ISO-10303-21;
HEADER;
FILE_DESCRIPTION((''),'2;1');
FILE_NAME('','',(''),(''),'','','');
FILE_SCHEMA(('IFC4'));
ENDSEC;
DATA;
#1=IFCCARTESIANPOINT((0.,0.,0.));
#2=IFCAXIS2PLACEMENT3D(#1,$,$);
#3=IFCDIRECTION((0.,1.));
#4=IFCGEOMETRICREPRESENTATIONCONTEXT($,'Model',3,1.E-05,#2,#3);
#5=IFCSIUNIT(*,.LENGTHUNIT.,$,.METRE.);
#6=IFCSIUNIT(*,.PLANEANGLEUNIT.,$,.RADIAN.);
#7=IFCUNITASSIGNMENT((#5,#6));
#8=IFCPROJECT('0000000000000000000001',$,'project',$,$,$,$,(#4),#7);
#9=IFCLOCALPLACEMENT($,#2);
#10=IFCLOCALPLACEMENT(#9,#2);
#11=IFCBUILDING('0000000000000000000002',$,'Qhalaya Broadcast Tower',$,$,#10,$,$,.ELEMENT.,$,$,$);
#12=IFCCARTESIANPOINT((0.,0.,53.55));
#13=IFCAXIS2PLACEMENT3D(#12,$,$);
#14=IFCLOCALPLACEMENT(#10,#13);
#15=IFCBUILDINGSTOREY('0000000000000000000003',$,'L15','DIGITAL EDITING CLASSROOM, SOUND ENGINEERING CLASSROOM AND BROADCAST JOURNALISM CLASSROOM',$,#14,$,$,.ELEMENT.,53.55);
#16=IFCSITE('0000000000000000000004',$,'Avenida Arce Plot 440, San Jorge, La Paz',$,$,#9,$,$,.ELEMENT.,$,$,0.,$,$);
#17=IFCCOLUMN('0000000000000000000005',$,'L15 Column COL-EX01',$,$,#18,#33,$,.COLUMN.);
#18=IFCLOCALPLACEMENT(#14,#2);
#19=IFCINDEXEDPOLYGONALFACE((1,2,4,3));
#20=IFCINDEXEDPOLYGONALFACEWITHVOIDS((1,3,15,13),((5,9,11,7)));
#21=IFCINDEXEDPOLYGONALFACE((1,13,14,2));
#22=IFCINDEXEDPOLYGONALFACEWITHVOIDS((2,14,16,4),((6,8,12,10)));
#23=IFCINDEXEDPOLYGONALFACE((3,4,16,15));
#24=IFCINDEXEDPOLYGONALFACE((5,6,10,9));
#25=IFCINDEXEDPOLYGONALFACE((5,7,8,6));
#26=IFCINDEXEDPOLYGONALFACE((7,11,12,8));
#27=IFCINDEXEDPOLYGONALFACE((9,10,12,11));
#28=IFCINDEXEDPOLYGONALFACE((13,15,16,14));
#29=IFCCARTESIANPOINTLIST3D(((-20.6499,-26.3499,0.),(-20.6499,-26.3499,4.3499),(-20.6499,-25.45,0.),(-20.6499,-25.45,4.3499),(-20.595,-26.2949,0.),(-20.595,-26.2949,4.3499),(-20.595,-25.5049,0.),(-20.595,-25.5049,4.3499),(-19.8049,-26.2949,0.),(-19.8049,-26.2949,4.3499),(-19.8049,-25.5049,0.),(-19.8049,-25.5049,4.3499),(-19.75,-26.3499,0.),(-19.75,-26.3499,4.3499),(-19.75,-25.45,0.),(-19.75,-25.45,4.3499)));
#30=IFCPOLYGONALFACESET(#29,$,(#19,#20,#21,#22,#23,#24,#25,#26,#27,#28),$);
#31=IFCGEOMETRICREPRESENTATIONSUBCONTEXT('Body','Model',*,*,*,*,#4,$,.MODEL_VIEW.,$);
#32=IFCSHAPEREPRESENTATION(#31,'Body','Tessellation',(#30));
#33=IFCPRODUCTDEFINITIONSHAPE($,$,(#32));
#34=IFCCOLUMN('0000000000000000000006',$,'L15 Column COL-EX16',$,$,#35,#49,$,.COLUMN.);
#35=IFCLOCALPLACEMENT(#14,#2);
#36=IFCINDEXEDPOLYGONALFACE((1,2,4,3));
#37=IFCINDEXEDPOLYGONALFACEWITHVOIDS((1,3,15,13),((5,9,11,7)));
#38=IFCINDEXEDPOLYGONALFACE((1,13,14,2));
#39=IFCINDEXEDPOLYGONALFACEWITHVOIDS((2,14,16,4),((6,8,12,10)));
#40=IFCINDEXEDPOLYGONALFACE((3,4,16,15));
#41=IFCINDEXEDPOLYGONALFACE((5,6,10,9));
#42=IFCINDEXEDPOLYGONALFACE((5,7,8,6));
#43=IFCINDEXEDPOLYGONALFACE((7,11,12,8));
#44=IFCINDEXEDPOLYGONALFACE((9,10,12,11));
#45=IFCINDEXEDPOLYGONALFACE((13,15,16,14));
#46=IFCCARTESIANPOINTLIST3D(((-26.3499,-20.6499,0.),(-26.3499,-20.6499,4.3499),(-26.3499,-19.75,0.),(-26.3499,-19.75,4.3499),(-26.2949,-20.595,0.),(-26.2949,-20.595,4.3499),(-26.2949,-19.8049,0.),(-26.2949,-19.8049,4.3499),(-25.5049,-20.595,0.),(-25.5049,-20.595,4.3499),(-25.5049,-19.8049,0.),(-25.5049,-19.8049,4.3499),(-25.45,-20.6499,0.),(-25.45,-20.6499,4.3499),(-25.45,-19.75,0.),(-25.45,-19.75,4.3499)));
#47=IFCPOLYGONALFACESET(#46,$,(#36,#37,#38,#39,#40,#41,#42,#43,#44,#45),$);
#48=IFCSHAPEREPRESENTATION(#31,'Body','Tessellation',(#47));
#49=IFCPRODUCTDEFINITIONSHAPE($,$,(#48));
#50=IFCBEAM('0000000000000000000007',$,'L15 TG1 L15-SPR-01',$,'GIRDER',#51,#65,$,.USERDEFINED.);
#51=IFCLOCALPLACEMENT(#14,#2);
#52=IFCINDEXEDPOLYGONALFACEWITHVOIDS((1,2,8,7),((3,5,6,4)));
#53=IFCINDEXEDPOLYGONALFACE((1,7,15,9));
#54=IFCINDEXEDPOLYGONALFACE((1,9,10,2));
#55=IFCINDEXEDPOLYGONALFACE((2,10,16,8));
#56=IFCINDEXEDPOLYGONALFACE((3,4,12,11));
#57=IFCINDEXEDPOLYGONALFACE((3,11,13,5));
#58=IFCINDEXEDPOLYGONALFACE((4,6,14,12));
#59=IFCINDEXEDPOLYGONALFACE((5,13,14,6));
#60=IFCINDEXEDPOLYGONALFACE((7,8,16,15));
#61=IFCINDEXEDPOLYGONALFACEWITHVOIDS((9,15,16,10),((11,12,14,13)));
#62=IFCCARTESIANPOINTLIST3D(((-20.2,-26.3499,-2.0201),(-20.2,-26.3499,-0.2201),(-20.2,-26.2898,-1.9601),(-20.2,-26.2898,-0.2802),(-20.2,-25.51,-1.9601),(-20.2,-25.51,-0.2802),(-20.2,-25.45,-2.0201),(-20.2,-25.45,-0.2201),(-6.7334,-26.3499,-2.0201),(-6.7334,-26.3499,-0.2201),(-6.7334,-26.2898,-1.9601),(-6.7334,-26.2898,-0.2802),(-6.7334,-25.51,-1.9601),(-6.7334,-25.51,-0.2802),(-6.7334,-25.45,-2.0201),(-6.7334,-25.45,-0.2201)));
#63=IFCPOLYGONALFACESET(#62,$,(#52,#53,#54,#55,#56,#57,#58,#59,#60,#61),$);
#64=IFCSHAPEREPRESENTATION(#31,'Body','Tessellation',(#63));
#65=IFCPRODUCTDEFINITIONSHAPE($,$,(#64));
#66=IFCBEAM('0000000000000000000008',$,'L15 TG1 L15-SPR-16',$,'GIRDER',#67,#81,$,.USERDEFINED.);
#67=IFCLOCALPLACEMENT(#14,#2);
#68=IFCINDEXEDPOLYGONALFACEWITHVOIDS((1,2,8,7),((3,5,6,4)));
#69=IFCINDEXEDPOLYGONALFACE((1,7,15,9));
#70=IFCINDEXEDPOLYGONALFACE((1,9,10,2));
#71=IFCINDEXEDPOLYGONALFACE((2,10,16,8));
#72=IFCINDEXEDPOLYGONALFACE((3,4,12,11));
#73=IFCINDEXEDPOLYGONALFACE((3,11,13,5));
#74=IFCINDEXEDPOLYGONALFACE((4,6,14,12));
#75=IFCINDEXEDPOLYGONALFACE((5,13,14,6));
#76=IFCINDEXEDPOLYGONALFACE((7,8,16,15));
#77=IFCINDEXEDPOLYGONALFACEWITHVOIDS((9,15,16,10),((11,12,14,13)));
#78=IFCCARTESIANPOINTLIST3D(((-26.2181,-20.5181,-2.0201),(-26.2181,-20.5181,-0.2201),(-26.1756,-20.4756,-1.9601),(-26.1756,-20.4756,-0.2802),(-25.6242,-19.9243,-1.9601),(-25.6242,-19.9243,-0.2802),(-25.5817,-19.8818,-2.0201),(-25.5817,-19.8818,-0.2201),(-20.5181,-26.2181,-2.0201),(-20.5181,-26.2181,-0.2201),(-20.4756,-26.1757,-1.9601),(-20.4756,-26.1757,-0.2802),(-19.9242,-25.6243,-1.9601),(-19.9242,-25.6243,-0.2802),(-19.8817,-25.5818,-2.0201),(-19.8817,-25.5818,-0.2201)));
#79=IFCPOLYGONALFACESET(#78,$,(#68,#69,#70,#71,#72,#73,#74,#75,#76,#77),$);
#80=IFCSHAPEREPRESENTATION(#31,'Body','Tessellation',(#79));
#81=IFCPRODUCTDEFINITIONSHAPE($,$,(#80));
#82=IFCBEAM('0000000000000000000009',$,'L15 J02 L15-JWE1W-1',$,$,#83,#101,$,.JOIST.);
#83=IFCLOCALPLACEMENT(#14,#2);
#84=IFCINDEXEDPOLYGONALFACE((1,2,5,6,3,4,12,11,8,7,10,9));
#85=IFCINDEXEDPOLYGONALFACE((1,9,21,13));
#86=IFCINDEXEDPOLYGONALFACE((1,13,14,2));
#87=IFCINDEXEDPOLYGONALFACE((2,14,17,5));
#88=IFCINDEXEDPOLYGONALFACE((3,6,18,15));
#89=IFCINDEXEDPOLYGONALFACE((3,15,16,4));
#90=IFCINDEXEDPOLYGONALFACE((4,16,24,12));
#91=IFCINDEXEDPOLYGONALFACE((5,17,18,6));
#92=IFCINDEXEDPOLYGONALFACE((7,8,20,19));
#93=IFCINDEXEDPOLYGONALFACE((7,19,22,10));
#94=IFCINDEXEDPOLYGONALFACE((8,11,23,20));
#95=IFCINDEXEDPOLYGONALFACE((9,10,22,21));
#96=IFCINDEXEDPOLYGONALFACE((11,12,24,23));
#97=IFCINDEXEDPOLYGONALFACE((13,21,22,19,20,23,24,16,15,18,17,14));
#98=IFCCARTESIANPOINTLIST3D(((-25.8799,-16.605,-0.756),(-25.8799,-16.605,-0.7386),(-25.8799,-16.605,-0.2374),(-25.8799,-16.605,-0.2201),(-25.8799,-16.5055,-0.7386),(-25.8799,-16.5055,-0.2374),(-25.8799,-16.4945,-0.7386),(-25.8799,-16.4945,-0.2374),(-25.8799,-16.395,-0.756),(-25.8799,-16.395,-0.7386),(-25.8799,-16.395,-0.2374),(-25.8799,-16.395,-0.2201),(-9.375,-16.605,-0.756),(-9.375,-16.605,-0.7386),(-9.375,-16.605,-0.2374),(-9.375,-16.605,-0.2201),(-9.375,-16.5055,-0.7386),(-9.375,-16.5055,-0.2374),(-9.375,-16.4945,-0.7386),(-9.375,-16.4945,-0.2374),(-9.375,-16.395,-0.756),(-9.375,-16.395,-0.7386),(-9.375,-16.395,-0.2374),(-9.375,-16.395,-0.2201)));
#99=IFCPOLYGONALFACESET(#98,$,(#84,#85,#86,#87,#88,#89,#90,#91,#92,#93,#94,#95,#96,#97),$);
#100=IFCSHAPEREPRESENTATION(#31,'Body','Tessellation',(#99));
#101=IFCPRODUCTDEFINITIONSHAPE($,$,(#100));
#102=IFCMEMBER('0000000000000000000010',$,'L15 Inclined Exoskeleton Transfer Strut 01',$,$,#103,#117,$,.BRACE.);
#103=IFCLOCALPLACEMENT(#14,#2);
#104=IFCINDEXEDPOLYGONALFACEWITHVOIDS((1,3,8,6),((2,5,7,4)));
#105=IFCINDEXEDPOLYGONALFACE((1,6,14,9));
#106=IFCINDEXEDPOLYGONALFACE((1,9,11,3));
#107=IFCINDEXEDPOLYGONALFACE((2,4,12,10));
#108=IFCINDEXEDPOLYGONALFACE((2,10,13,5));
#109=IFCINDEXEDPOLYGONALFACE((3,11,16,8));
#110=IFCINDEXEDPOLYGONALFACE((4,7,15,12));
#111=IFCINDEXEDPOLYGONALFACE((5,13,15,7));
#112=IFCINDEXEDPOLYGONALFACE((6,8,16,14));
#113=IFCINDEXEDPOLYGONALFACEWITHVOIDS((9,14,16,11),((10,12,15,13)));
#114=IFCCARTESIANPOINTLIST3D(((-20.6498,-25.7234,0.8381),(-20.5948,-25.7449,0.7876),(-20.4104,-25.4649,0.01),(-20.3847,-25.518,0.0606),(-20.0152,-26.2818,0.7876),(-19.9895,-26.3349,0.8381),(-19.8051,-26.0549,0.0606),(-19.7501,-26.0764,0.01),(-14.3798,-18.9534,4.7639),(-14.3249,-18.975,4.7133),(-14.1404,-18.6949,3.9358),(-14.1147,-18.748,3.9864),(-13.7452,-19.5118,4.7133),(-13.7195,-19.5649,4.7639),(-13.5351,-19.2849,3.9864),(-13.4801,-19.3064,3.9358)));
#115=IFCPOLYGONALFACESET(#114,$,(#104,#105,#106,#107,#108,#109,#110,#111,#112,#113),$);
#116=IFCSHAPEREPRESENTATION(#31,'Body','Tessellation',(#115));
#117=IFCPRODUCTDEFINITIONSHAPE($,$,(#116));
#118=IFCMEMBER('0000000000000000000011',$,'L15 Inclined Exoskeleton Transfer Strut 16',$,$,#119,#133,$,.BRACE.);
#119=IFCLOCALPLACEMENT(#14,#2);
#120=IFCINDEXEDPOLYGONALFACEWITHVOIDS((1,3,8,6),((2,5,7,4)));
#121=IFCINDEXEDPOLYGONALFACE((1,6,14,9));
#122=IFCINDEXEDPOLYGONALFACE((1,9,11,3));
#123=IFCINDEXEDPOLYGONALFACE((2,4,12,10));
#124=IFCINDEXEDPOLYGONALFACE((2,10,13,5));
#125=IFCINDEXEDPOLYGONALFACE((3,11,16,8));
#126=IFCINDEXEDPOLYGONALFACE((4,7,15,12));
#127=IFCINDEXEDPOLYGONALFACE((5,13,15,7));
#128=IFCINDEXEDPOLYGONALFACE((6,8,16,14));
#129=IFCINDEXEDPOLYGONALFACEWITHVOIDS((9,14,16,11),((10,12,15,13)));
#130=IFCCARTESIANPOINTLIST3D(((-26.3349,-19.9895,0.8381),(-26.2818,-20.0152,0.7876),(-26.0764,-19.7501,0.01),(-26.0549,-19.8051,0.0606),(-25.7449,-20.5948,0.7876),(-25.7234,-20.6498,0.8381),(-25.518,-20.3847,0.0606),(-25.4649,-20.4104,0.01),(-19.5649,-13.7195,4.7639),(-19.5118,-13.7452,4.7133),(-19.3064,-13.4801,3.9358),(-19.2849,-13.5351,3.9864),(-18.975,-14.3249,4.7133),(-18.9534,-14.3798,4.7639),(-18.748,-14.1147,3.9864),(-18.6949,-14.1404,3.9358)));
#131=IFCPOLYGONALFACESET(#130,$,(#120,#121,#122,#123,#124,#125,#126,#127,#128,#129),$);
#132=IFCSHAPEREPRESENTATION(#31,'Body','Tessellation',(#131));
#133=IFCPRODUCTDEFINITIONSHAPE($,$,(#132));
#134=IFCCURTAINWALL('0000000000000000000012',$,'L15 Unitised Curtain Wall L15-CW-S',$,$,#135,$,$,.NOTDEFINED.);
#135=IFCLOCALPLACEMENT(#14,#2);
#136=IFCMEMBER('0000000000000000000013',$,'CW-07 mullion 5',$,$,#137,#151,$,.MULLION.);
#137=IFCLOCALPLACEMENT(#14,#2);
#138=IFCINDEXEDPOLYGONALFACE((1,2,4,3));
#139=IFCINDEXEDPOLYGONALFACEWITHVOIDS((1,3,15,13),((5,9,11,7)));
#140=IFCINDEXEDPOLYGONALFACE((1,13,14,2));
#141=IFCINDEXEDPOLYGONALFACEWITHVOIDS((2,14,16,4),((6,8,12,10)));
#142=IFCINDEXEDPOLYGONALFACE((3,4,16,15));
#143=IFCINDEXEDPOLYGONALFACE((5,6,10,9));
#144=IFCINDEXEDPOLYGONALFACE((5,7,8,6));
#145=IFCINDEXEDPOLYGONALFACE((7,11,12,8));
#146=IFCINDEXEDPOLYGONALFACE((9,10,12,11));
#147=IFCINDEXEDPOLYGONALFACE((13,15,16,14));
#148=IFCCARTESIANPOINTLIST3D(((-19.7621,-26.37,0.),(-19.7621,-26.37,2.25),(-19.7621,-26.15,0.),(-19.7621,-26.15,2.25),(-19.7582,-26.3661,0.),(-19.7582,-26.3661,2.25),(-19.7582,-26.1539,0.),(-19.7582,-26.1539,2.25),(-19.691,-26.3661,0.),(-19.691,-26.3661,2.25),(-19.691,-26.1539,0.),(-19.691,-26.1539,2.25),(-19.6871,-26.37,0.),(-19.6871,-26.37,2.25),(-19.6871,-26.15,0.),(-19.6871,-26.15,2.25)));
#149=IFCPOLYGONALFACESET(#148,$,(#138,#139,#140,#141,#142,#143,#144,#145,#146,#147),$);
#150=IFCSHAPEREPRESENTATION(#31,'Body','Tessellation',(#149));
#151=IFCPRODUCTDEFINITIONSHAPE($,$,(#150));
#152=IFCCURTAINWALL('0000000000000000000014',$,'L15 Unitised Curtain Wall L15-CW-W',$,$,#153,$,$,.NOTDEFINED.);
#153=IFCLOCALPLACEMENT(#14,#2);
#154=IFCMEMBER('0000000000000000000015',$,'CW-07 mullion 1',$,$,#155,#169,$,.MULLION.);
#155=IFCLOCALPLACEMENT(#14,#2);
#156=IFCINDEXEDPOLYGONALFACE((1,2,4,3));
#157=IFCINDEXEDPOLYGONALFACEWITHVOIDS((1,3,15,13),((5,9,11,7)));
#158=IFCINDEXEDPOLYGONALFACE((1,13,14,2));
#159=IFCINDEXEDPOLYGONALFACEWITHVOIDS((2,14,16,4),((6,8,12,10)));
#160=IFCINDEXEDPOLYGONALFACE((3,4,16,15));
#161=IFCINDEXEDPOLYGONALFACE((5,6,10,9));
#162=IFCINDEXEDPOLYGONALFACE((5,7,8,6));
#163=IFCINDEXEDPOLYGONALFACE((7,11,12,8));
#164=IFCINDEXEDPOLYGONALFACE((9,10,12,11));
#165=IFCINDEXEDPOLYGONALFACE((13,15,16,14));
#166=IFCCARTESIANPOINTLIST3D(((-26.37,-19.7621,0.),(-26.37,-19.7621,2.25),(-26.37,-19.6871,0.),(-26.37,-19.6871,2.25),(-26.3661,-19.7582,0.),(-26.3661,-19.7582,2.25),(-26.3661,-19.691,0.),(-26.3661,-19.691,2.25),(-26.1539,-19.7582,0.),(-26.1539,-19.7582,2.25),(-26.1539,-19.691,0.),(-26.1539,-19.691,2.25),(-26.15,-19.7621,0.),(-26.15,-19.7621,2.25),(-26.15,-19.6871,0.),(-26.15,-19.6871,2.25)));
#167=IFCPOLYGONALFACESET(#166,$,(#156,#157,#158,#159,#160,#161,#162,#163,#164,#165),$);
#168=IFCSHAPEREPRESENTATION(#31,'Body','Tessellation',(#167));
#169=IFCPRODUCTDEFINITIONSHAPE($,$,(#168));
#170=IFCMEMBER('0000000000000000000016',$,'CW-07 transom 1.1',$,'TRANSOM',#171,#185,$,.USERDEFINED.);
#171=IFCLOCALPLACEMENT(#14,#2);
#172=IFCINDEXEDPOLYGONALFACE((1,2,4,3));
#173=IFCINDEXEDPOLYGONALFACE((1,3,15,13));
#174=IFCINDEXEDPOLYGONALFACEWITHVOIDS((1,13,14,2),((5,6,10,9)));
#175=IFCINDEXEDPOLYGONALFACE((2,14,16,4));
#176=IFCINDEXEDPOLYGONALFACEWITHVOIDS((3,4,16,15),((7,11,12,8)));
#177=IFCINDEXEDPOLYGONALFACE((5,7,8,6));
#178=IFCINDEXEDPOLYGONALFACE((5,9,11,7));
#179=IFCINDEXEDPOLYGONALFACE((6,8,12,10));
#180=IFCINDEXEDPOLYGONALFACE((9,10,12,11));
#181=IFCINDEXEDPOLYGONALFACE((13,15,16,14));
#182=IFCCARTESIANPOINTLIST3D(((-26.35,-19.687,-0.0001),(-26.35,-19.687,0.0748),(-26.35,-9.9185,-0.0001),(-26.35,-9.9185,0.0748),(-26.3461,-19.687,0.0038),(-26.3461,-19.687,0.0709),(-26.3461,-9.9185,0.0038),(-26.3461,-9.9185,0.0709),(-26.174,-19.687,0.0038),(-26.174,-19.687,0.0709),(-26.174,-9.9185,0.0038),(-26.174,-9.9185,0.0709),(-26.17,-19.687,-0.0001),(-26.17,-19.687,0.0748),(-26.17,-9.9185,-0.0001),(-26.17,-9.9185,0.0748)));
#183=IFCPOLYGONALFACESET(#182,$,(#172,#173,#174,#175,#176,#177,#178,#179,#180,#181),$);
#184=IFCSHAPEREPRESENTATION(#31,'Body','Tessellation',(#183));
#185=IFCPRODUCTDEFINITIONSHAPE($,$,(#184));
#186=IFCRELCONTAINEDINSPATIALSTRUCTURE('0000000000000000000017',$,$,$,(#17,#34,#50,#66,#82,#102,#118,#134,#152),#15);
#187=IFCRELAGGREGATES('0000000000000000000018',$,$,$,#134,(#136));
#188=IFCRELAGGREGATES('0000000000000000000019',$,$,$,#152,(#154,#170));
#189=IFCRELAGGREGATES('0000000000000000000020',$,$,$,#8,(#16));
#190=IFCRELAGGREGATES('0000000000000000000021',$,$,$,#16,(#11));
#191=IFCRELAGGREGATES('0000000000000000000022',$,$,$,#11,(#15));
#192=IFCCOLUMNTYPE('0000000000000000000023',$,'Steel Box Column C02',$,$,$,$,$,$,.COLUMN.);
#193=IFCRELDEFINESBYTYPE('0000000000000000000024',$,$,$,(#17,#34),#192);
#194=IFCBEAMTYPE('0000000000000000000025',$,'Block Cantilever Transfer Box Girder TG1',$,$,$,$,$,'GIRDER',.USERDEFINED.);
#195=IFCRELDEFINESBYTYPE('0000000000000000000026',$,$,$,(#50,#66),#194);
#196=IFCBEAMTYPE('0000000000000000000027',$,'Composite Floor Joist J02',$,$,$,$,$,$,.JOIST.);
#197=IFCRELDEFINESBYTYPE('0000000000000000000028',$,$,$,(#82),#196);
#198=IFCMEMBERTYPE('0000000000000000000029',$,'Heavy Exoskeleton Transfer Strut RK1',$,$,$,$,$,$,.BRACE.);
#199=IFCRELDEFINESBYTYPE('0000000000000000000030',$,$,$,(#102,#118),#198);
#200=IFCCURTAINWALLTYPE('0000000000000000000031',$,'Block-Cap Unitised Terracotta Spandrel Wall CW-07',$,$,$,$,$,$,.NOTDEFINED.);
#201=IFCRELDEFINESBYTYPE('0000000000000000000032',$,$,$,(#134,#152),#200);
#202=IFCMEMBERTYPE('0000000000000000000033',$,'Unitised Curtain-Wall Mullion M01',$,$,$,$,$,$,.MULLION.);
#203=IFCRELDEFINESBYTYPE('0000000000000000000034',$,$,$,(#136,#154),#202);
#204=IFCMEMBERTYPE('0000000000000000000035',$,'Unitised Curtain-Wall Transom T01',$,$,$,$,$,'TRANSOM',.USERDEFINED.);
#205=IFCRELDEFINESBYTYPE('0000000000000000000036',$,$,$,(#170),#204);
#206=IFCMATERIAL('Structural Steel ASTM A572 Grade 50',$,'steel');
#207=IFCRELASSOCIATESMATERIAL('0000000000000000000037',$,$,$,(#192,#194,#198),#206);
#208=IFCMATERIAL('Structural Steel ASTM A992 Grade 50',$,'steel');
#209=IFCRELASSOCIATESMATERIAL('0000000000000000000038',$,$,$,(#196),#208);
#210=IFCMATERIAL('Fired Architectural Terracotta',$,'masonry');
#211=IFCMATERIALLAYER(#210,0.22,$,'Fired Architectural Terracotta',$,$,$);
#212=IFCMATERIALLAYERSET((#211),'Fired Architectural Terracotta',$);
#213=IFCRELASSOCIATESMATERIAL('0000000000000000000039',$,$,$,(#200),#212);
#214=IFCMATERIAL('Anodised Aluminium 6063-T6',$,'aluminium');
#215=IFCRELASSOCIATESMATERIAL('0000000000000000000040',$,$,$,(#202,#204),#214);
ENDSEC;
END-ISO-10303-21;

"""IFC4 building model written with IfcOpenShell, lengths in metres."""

from ifc_helpers import new_model, si_unit, direction, frame, origin, origin_2d, place, context, subcontext, project, spatial, hollow_rectangle, i_section, extrude, material, layer, layer_set, material_profile, profile_set, type_object, element, aggregate, save


model = new_model("IFC4")

# Units and contexts
model_context = context("Model", 3, precision=1e-05, world=origin(), true_north=direction((0.0, 1.0)))
body_context = subcontext(model_context, "Body", "Model", "MODEL_VIEW")
ifc_project = project(units=[si_unit("LENGTHUNIT", "METRE"), si_unit("PLANEANGLEUNIT", "RADIAN")], contexts=[model_context])

# Site, building, storey
site_placement = place(None, origin())
site = spatial("IfcSite", under=ifc_project, at=site_placement, Name="Avenida Arce Plot 440, San Jorge, La Paz", CompositionType="ELEMENT", RefElevation=0.0)
building_placement = place(site_placement, origin())
building = spatial("IfcBuilding", under=site, at=building_placement, Name="Qhalaya Broadcast Tower", CompositionType="ELEMENT")
storey_placement = place(building_placement, frame((0.0, 0.0, 53.55)))
storey = spatial("IfcBuildingStorey", under=building, at=storey_placement, Name="L15", Description="DIGITAL EDITING CLASSROOM, SOUND ENGINEERING CLASSROOM AND BROADCAST JOURNALISM CLASSROOM", CompositionType="ELEMENT", Elevation=53.55)

# Columns
ifc_material_1 = material(Name="Structural Steel ASTM A572 Grade 50", Category="steel")
ifc_material_profile_1 = material_profile(ifc_material_1, hollow_rectangle(XDim=0.8999, YDim=0.8999, WallThickness=0.0549, at=origin_2d()), Name="BOX 900x900x55")
ifc_profile_set_1 = profile_set([ifc_material_profile_1], Name="Structural Steel ASTM A572 Grade 50")
column_type = type_object("IfcColumnType", Name="Steel Box Column C02", PredefinedType="COLUMN", material=ifc_profile_set_1)
for number, where, z_axis, x_axis, name in (
    (1, (-20.2, -25.8999, 0.0), (0.0, 0.0, 1.0), (1.0, 0.0, 0.0), "L15 Column COL-EX01"),
    (2, (-25.8999, -20.2, 0.0), (0.0, 0.0, 1.0), (0.0, 1.0, 0.0), "L15 Column COL-EX16"),
):
    element("IfcColumn", number, at=place(storey_placement, frame(where, z_axis=z_axis, x_axis=x_axis)), inside=storey, type_object=column_type, Name=name, PredefinedType="COLUMN", context=body_context, shape_type="SweptSolid", body=[
        extrude(hollow_rectangle(XDim=0.8999, YDim=0.8999, WallThickness=0.0549, at=origin_2d()), origin(), (0.0, 0.0, 1.0), 4.3499),
    ])

# Beams
ifc_material_profile_2 = material_profile(ifc_material_1, hollow_rectangle(XDim=0.8999, YDim=1.8, WallThickness=0.0601, at=origin_2d()), Name="BOX 900x1800x60")
ifc_profile_set_2 = profile_set([ifc_material_profile_2], Name="Structural Steel ASTM A572 Grade 50")
beam_type_1 = type_object("IfcBeamType", Name="Block Cantilever Transfer Box Girder TG1", ElementType="GIRDER", PredefinedType="USERDEFINED", material=ifc_profile_set_2)
beam_1_placement = place(storey_placement, frame((-20.2, -25.8999, -1.1201), z_axis=(1.0, 0.0, 0.0), x_axis=(0.0, 1.0, 0.0)))
element("IfcBeam", 3, at=beam_1_placement, inside=storey, type_object=beam_type_1, Name="L15 TG1 L15-SPR-01", ObjectType="GIRDER", PredefinedType="USERDEFINED", context=body_context, shape_type="SweptSolid", body=[
    extrude(hollow_rectangle(XDim=0.8999, YDim=1.8, WallThickness=0.0601, at=origin_2d()), origin(), (0.0, 0.0, 1.0), 13.4666),
])
beam_2_placement = place(storey_placement, frame((-25.8999, -20.2, -1.1201), z_axis=(0.707107, -0.707107, 0.0), x_axis=(0.707107, 0.707107, 0.0)))
element("IfcBeam", 4, at=beam_2_placement, inside=storey, type_object=beam_type_1, Name="L15 TG1 L15-SPR-16", ObjectType="GIRDER", PredefinedType="USERDEFINED", context=body_context, shape_type="SweptSolid", body=[
    extrude(hollow_rectangle(XDim=0.8999, YDim=1.8, WallThickness=0.0601, at=origin_2d()), origin(), (0.0, 0.0, 1.0), 8.061),
])
ifc_material_2 = material(Name="Structural Steel ASTM A992 Grade 50", Category="steel")
ifc_material_profile_3 = material_profile(ifc_material_2, i_section(OverallWidth=0.21, OverallDepth=0.5359, WebThickness=0.011, FlangeThickness=0.0173, at=origin_2d()), Name="W21X68")
ifc_profile_set_3 = profile_set([ifc_material_profile_3], Name="Structural Steel ASTM A992 Grade 50")
beam_type_2 = type_object("IfcBeamType", Name="Composite Floor Joist J02", PredefinedType="JOIST", material=ifc_profile_set_3)
beam_3_placement = place(storey_placement, frame((-25.8799, -16.5, -0.488), z_axis=(1.0, 0.0, 0.0), x_axis=(0.0, 1.0, 0.0)))
element("IfcBeam", 5, at=beam_3_placement, inside=storey, type_object=beam_type_2, Name="L15 J02 L15-JWE1W-1", PredefinedType="JOIST", context=body_context, shape_type="SweptSolid", body=[
    extrude(i_section(OverallWidth=0.21, OverallDepth=0.5359, WebThickness=0.011, FlangeThickness=0.0173, at=origin_2d()), origin(), (0.0, 0.0, 1.0), 16.5049),
])

# Members
ifc_material_profile_4 = material_profile(ifc_material_1, hollow_rectangle(XDim=0.8999, YDim=0.8999, WallThickness=0.0549, at=origin_2d()), Name="BOX 900x900x55")
ifc_profile_set_4 = profile_set([ifc_material_profile_4], Name="Structural Steel ASTM A572 Grade 50")
member_type_1 = type_object("IfcMemberType", Name="Heavy Exoskeleton Transfer Strut RK1", PredefinedType="BRACE", material=ifc_profile_set_4)
for number, where, z_axis, x_axis, name in (
    (6, (-20.2, -25.8999, 0.4241), (0.62526, 0.675121, 0.391487), (-0.733681, 0.679495, 0.0), "L15 Inclined Exoskeleton Transfer Strut 01"),
    (7, (-25.8999, -20.2, 0.4241), (0.675121, 0.62526, 0.391487), (-0.679495, 0.733681, 0.0), "L15 Inclined Exoskeleton Transfer Strut 16"),
):
    element("IfcMember", number, at=place(storey_placement, frame(where, z_axis=z_axis, x_axis=x_axis)), inside=storey, type_object=member_type_1, Name=name, PredefinedType="BRACE", context=body_context, shape_type="SweptSolid", body=[
        extrude(hollow_rectangle(XDim=0.8999, YDim=0.8999, WallThickness=0.0549, at=origin_2d()), origin(), (0.0, 0.0, 1.0), 10.0278),
    ])

# Curtain wall, member
ifc_material_3 = material(Name="Fired Architectural Terracotta", Category="masonry")
ifc_layer_1 = layer(ifc_material_3, 0.22, Name="Fired Architectural Terracotta")
ifc_layer_set_1 = layer_set([ifc_layer_1], Name="Fired Architectural Terracotta")
curtain_wall_type = type_object("IfcCurtainWallType", Name="Block-Cap Unitised Terracotta Spandrel Wall CW-07", PredefinedType="NOTDEFINED", material=ifc_layer_set_1)
curtain_wall_1_placement = place(storey_placement, origin())
curtain_wall_1 = element("IfcCurtainWall", 8, at=curtain_wall_1_placement, inside=storey, type_object=curtain_wall_type, Name="L15 Unitised Curtain Wall L15-CW-S", PredefinedType="NOTDEFINED")
ifc_material_4 = material(Name="Anodised Aluminium 6063-T6", Category="aluminium")
ifc_material_profile_5 = material_profile(ifc_material_4, hollow_rectangle(XDim=0.075, YDim=0.22, WallThickness=0.0039, at=origin_2d()), Name="ALU-MUL 75x220x4")
ifc_profile_set_5 = profile_set([ifc_material_profile_5], Name="Anodised Aluminium 6063-T6")
member_type_2 = type_object("IfcMemberType", Name="Unitised Curtain-Wall Mullion M01", PredefinedType="MULLION", material=ifc_profile_set_5)
member_1_placement = place(storey_placement, frame((-19.7246, -26.26, 0.0), z_axis=(0.0, 0.0, 1.0), x_axis=(-1.0, 0.0, 0.0)))
member_1 = element("IfcMember", 9, at=member_1_placement, type_object=member_type_2, Name="CW-07 mullion 5", PredefinedType="MULLION", context=body_context, shape_type="SweptSolid", body=[
    extrude(hollow_rectangle(XDim=0.075, YDim=0.22, WallThickness=0.0039, at=origin_2d()), origin(), (0.0, 0.0, 1.0), 2.25),
])

# Curtain wall, members
curtain_wall_2_placement = place(storey_placement, origin())
curtain_wall_2 = element("IfcCurtainWall", 10, at=curtain_wall_2_placement, inside=storey, type_object=curtain_wall_type, Name="L15 Unitised Curtain Wall L15-CW-W", PredefinedType="NOTDEFINED")
member_2_placement = place(storey_placement, frame((-26.26, -19.7246, 0.0), z_axis=(0.0, 0.0, 1.0), x_axis=(0.0, 1.0, 0.0)))
member_2 = element("IfcMember", 11, at=member_2_placement, type_object=member_type_2, Name="CW-07 mullion 1", PredefinedType="MULLION", context=body_context, shape_type="SweptSolid", body=[
    extrude(hollow_rectangle(XDim=0.075, YDim=0.22, WallThickness=0.0039, at=origin_2d()), origin(), (0.0, 0.0, 1.0), 2.25),
])
ifc_material_profile_6 = material_profile(ifc_material_4, hollow_rectangle(XDim=0.075, YDim=0.1799, WallThickness=0.0039, at=origin_2d()), Name="ALU-TRN 75x180x4")
ifc_profile_set_6 = profile_set([ifc_material_profile_6], Name="Anodised Aluminium 6063-T6")
member_type_3 = type_object("IfcMemberType", Name="Unitised Curtain-Wall Transom T01", ElementType="TRANSOM", PredefinedType="USERDEFINED", material=ifc_profile_set_6)
member_3_placement = place(storey_placement, frame((-26.26, -19.687, 0.0374), z_axis=(0.0, 1.0, 0.0), x_axis=(0.0, 0.0, 1.0)))
member_3 = element("IfcMember", 12, at=member_3_placement, type_object=member_type_3, Name="CW-07 transom 1.1", ObjectType="TRANSOM", PredefinedType="USERDEFINED", context=body_context, shape_type="SweptSolid", body=[
    extrude(hollow_rectangle(XDim=0.075, YDim=0.1799, WallThickness=0.0039, at=origin_2d()), origin(), (0.0, 0.0, 1.0), 9.7686),
])

aggregate(curtain_wall_1, [member_1])
aggregate(curtain_wall_2, [member_2, member_3])

save(model, "model.ifc")
